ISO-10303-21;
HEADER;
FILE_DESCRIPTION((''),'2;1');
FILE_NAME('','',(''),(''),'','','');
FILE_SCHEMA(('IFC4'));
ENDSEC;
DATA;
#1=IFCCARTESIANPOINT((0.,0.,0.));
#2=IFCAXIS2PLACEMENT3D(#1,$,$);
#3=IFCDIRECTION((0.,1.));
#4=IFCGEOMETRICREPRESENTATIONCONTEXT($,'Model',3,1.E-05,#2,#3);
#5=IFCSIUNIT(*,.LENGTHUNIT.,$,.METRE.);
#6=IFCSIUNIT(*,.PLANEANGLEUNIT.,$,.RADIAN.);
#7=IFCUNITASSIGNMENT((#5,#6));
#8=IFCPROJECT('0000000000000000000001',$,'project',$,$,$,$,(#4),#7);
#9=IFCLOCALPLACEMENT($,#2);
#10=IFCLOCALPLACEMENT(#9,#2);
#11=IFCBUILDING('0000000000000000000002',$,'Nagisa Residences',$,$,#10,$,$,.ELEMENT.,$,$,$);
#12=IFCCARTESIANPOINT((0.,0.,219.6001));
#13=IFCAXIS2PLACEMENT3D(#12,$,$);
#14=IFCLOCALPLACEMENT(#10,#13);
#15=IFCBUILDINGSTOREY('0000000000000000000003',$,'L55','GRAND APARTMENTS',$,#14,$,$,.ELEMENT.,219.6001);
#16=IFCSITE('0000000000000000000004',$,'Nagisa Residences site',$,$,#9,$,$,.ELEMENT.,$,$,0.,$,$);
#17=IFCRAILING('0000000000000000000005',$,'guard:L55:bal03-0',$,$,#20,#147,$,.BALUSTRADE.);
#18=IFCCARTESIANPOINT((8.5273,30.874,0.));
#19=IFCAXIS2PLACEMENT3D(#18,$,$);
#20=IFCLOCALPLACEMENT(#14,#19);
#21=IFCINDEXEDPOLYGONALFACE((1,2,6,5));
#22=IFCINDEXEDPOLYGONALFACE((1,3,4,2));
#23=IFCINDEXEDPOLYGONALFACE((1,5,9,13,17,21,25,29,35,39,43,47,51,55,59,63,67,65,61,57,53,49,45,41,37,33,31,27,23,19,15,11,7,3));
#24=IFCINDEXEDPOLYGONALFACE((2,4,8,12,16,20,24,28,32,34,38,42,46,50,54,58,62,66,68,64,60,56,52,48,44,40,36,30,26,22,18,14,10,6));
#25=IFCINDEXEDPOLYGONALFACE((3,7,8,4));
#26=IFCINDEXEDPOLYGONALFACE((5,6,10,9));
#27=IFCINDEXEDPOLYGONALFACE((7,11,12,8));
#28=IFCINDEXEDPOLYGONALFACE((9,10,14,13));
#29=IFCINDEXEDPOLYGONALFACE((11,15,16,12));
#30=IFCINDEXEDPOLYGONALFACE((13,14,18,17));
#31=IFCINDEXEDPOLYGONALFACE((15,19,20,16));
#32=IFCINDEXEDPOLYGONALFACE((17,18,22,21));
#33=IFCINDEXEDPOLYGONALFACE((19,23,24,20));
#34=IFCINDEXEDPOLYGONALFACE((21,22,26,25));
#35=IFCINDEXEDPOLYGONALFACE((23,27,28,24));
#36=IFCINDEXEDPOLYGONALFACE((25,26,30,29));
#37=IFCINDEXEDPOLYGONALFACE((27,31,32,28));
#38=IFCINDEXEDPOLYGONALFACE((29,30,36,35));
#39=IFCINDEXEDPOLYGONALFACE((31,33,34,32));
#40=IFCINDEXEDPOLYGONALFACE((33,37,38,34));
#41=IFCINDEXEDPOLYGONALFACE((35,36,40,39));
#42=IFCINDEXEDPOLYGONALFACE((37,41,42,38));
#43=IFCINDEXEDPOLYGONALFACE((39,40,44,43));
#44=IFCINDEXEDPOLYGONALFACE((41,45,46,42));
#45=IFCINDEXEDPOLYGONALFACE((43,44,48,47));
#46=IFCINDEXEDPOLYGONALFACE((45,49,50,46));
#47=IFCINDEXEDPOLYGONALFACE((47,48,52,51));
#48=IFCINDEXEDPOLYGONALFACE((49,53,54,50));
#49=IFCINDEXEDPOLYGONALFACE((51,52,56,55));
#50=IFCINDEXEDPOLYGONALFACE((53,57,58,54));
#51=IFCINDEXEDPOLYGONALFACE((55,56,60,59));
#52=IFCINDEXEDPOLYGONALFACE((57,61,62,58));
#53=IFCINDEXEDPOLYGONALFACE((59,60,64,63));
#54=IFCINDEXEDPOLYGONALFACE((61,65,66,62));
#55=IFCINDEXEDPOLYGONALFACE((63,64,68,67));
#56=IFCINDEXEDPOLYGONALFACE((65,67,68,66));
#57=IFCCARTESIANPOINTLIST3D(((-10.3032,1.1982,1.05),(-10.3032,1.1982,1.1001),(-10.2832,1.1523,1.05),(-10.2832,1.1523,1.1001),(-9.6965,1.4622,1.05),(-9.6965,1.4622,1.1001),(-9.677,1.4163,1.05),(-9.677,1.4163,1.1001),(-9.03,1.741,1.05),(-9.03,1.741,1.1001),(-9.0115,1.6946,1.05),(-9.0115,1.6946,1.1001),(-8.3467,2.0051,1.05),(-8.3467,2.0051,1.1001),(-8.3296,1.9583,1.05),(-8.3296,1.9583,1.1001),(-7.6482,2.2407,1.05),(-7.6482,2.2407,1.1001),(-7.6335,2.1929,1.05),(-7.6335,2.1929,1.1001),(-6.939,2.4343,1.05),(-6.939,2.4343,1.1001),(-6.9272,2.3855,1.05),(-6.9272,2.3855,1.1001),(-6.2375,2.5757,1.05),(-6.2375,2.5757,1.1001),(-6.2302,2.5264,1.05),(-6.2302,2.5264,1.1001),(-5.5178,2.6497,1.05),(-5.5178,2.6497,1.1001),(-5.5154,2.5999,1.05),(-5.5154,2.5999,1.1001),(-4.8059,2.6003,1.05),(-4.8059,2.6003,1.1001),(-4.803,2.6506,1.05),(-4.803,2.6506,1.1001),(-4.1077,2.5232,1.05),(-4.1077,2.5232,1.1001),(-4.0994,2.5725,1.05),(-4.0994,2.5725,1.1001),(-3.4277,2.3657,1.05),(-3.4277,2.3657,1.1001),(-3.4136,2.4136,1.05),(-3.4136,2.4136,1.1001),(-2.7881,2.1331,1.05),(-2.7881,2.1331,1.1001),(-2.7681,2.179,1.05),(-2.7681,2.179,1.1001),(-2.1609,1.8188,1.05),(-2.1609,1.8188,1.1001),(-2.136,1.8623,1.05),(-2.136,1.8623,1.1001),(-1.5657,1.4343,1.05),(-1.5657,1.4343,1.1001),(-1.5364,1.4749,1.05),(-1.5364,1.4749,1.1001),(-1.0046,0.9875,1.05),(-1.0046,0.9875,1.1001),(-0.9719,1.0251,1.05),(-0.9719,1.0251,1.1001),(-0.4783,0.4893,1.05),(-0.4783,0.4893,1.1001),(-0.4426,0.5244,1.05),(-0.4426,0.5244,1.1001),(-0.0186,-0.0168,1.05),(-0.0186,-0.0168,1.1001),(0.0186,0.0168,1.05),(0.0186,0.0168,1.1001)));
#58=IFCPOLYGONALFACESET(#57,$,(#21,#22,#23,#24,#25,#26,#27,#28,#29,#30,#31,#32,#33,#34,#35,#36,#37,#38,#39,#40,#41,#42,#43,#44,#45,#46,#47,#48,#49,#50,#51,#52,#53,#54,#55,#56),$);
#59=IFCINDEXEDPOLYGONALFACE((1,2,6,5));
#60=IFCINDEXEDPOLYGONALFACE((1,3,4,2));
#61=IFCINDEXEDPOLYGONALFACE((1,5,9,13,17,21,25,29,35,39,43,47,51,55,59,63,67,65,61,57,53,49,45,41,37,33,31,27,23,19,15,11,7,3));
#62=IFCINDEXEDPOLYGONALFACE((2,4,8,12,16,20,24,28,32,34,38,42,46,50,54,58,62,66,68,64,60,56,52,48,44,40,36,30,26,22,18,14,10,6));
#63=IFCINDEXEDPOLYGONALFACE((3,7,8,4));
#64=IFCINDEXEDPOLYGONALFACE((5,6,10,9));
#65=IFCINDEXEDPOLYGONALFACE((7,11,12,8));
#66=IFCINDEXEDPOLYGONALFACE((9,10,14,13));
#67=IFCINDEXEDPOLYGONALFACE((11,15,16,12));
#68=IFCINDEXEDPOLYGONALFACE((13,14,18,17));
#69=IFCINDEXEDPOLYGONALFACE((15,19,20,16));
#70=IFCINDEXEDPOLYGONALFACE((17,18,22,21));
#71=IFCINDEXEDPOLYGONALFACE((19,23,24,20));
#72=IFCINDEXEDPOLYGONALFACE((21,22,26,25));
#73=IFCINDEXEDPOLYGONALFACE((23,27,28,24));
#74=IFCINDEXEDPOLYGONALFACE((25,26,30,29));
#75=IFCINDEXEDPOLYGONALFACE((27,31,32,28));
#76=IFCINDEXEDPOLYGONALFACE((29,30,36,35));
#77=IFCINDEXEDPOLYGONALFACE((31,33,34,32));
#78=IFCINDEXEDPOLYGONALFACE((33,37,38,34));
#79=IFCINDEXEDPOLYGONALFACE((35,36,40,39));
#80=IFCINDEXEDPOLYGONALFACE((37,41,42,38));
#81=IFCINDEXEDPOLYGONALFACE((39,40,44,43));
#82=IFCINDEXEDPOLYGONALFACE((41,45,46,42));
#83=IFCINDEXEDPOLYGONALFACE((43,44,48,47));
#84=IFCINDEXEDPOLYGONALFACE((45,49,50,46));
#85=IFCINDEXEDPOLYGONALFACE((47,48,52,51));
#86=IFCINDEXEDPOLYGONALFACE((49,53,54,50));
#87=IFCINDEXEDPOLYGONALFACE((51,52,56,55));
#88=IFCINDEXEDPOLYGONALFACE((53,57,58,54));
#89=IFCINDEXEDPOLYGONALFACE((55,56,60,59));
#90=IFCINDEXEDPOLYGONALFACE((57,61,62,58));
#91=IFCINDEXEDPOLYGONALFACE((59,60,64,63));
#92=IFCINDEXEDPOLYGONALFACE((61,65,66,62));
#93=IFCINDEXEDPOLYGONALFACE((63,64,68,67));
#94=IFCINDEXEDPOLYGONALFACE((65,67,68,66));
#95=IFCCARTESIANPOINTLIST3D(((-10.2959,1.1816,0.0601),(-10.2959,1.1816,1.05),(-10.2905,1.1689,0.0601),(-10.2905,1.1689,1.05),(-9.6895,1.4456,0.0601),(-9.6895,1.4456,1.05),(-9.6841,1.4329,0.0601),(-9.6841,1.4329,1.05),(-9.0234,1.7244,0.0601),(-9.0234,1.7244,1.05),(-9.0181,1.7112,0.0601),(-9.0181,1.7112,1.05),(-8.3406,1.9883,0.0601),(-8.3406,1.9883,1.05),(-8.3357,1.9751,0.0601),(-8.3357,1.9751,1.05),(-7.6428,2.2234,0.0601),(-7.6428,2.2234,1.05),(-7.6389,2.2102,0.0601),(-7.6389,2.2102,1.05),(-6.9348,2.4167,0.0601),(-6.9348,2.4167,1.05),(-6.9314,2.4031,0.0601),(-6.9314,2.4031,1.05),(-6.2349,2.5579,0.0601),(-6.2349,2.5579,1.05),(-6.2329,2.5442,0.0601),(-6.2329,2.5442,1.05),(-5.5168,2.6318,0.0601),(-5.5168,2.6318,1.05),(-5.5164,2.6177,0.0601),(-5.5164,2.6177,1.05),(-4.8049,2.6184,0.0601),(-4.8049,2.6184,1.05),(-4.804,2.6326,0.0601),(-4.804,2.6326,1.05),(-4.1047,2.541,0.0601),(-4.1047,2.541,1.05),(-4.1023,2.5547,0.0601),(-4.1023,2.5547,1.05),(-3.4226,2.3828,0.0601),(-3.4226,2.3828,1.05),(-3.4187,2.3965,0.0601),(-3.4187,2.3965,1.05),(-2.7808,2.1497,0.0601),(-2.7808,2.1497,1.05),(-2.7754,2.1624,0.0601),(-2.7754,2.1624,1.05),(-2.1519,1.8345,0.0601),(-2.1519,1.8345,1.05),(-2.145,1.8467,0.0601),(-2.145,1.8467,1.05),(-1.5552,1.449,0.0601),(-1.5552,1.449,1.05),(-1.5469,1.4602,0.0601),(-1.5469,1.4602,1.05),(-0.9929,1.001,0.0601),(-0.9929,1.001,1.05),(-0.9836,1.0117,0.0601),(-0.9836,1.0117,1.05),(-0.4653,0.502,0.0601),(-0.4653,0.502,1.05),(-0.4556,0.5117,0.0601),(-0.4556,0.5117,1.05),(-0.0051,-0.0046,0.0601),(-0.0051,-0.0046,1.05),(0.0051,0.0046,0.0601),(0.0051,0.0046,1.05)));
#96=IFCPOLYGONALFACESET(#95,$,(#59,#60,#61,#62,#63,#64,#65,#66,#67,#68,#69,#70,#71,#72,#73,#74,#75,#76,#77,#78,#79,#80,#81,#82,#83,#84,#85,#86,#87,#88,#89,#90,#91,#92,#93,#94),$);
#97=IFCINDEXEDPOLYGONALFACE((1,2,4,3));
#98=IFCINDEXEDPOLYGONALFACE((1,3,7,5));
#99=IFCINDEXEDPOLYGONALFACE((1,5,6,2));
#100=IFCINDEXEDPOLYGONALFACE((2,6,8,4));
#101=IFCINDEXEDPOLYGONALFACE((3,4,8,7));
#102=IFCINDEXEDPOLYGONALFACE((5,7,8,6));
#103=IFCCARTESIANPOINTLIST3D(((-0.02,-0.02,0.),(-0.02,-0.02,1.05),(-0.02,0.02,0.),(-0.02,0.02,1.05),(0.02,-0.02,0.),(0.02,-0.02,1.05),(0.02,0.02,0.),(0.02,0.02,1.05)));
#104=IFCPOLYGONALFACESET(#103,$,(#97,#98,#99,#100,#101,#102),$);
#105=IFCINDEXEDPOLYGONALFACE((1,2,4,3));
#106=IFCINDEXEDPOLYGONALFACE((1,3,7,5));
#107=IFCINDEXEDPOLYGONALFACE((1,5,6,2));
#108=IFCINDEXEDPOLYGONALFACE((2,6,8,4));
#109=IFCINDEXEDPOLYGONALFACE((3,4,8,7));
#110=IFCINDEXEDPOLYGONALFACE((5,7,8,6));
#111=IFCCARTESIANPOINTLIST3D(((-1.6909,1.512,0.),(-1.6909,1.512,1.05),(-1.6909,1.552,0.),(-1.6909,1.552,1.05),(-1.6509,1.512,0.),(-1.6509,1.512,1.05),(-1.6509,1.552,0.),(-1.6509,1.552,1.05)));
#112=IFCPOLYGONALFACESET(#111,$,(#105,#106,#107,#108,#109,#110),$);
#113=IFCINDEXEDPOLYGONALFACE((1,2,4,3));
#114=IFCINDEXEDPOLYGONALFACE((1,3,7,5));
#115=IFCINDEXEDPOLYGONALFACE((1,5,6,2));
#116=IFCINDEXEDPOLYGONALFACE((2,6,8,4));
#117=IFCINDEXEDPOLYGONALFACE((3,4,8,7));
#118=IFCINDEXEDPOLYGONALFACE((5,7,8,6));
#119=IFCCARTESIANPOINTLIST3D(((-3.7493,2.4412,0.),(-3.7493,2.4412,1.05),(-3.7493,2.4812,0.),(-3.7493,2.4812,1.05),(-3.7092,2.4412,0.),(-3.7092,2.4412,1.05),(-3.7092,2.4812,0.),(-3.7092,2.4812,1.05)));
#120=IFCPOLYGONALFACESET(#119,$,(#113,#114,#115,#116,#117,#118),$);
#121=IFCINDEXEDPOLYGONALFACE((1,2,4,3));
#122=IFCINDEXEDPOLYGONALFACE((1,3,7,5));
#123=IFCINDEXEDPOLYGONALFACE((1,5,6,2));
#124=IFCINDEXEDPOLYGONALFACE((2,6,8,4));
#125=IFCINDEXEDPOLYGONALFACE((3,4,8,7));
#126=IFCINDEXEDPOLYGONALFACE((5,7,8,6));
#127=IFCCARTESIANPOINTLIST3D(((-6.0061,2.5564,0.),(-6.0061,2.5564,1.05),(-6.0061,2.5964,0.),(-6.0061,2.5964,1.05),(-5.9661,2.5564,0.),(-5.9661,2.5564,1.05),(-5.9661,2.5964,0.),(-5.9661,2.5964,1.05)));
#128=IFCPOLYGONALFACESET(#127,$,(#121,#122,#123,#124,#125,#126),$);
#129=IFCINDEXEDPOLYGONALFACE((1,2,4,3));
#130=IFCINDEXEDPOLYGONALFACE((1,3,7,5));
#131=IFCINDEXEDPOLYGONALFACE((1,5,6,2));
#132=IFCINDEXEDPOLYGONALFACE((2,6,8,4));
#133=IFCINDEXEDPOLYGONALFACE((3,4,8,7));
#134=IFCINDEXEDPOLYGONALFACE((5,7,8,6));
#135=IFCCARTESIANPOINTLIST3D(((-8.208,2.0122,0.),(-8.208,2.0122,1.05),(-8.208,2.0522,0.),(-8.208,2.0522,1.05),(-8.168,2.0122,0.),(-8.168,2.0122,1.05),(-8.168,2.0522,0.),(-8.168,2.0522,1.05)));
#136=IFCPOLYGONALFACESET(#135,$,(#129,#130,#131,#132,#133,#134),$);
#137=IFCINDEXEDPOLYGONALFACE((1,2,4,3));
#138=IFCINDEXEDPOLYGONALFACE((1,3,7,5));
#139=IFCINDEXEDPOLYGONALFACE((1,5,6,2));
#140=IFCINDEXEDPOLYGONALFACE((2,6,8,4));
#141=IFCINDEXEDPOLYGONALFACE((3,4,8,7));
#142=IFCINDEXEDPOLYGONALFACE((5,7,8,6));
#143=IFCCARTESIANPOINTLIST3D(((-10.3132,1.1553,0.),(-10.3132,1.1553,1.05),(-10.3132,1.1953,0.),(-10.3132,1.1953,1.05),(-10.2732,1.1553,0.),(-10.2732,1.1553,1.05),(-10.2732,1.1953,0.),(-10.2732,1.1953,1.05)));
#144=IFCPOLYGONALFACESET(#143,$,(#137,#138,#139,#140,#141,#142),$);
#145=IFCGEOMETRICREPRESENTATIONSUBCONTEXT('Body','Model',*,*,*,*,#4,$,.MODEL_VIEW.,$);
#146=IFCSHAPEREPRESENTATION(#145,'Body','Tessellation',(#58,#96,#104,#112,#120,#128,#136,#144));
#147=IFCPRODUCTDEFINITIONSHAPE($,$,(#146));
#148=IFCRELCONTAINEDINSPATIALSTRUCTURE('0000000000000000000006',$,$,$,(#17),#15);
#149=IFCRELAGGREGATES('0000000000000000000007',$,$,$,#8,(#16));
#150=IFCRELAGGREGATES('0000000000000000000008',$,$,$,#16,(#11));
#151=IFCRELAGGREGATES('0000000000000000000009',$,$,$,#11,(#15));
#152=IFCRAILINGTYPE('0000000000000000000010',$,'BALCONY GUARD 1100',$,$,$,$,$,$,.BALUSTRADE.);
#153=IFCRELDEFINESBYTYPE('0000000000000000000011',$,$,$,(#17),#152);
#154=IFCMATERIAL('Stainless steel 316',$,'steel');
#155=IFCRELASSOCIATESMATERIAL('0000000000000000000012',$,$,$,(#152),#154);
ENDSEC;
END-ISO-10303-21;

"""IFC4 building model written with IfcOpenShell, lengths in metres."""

from ifc_helpers import new_model, si_unit, direction, frame, origin, origin_2d, place, context, subcontext, project, spatial, polyline, rectangle, outline, extrude, material, type_object, element, save


model = new_model("IFC4")

# Units and contexts
model_context = context("Model", 3, precision=1e-05, world=origin(), true_north=direction((0.0, 1.0)))
body_context = subcontext(model_context, "Body", "Model", "MODEL_VIEW")
ifc_project = project(units=[si_unit("LENGTHUNIT", "METRE"), si_unit("PLANEANGLEUNIT", "RADIAN")], contexts=[model_context])

# Site, building, storey
site_placement = place(None, origin())
site = spatial("IfcSite", under=ifc_project, at=site_placement, Name="Nagisa Residences site", CompositionType="ELEMENT", RefElevation=0.0)
building_placement = place(site_placement, origin())
building = spatial("IfcBuilding", under=site, at=building_placement, Name="Nagisa Residences", CompositionType="ELEMENT")
storey_placement = place(building_placement, frame((0.0, 0.0, 219.6001)))
storey = spatial("IfcBuildingStorey", under=building, at=storey_placement, Name="L55", Description="GRAND APARTMENTS", CompositionType="ELEMENT", Elevation=219.6001)

# Railing
ifc_material_1 = material(Name="Stainless steel 316", Category="steel")
railing_type = type_object("IfcRailingType", Name="BALCONY GUARD 1100", PredefinedType="BALUSTRADE", material=ifc_material_1)
railing_placement = place(storey_placement, frame((8.5273, 30.874, 0.0)))
element("IfcRailing", 1, at=railing_placement, inside=storey, type_object=railing_type, Name="guard:L55:bal03-0", PredefinedType="BALUSTRADE", context=body_context, shape_type="SweptSolid", body=[
    extrude(outline(polyline([(-0.4783, 0.4893), (-0.0186, -0.0168), (0.0186, 0.0168), (-0.4426, 0.5244), (-0.9719, 1.0251), (-1.5364, 1.4749), (-2.136, 1.8623), (-2.7681, 2.179), (-3.4136, 2.4136), (-4.0994, 2.5725), (-4.803, 2.6506), (-5.5178, 2.6497), (-6.2375, 2.5757), (-6.939, 2.4343), (-7.6482, 2.2407), (-8.3467, 2.0051), (-9.03, 1.741), (-9.6965, 1.4622), (-10.3032, 1.1982), (-10.2832, 1.1523), (-9.677, 1.4163), (-9.0115, 1.6946), (-8.3296, 1.9583), (-7.6335, 2.1929), (-6.9272, 2.3855), (-6.2302, 2.5264), (-5.5154, 2.5999), (-4.8059, 2.6003), (-4.1077, 2.5232), (-3.4277, 2.3657), (-2.7881, 2.1331), (-2.1609, 1.8188), (-1.5657, 1.4343), (-1.0046, 0.9875), (-0.4783, 0.4893)])), frame((0.0, 0.0, 1.05)), (0.0, 0.0, 1.0), 0.05),
    extrude(outline(polyline([(-0.4653, 0.502), (-0.0051, -0.0046), (0.0051, 0.0046), (-0.4556, 0.5117), (-0.9836, 1.0117), (-1.5469, 1.4602), (-2.145, 1.8467), (-2.7754, 2.1624), (-3.4187, 2.3965), (-4.1023, 2.5547), (-4.804, 2.6326), (-5.5168, 2.6318), (-6.2349, 2.5579), (-6.9348, 2.4167), (-7.6428, 2.2234), (-8.3406, 1.9883), (-9.0234, 1.7244), (-9.6895, 1.4456), (-10.2959, 1.1816), (-10.2905, 1.1689), (-9.6841, 1.4329), (-9.0181, 1.7112), (-8.3357, 1.9751), (-7.6389, 2.2102), (-6.9314, 2.4031), (-6.2329, 2.5442), (-5.5164, 2.6177), (-4.8049, 2.6184), (-4.1047, 2.541), (-3.4226, 2.3828), (-2.7808, 2.1497), (-2.1519, 1.8345), (-1.5552, 1.449), (-0.9929, 1.001), (-0.4653, 0.502)])), frame((0.0, 0.0, 0.0601)), (0.0, 0.0, 1.0), 0.99),
    extrude(rectangle(XDim=0.04, YDim=0.04, at=origin_2d()), origin(), (0.0, 0.0, 1.0), 1.05),
    extrude(rectangle(XDim=0.04, YDim=0.04, at=origin_2d()), frame((-1.6709, 1.532, 0.0)), (0.0, 0.0, 1.0), 1.05),
    extrude(rectangle(XDim=0.04, YDim=0.04, at=origin_2d()), frame((-3.7292, 2.4612, 0.0)), (0.0, 0.0, 1.0), 1.05),
    extrude(rectangle(XDim=0.04, YDim=0.04, at=origin_2d()), frame((-5.9861, 2.5764, 0.0)), (0.0, 0.0, 1.0), 1.05),
    extrude(rectangle(XDim=0.04, YDim=0.04, at=origin_2d()), frame((-8.188, 2.0322, 0.0)), (0.0, 0.0, 1.0), 1.05),
    extrude(rectangle(XDim=0.04, YDim=0.04, at=origin_2d()), frame((-10.2932, 1.1753, 0.0)), (0.0, 0.0, 1.0), 1.05),
])

save(model, "model.ifc")
